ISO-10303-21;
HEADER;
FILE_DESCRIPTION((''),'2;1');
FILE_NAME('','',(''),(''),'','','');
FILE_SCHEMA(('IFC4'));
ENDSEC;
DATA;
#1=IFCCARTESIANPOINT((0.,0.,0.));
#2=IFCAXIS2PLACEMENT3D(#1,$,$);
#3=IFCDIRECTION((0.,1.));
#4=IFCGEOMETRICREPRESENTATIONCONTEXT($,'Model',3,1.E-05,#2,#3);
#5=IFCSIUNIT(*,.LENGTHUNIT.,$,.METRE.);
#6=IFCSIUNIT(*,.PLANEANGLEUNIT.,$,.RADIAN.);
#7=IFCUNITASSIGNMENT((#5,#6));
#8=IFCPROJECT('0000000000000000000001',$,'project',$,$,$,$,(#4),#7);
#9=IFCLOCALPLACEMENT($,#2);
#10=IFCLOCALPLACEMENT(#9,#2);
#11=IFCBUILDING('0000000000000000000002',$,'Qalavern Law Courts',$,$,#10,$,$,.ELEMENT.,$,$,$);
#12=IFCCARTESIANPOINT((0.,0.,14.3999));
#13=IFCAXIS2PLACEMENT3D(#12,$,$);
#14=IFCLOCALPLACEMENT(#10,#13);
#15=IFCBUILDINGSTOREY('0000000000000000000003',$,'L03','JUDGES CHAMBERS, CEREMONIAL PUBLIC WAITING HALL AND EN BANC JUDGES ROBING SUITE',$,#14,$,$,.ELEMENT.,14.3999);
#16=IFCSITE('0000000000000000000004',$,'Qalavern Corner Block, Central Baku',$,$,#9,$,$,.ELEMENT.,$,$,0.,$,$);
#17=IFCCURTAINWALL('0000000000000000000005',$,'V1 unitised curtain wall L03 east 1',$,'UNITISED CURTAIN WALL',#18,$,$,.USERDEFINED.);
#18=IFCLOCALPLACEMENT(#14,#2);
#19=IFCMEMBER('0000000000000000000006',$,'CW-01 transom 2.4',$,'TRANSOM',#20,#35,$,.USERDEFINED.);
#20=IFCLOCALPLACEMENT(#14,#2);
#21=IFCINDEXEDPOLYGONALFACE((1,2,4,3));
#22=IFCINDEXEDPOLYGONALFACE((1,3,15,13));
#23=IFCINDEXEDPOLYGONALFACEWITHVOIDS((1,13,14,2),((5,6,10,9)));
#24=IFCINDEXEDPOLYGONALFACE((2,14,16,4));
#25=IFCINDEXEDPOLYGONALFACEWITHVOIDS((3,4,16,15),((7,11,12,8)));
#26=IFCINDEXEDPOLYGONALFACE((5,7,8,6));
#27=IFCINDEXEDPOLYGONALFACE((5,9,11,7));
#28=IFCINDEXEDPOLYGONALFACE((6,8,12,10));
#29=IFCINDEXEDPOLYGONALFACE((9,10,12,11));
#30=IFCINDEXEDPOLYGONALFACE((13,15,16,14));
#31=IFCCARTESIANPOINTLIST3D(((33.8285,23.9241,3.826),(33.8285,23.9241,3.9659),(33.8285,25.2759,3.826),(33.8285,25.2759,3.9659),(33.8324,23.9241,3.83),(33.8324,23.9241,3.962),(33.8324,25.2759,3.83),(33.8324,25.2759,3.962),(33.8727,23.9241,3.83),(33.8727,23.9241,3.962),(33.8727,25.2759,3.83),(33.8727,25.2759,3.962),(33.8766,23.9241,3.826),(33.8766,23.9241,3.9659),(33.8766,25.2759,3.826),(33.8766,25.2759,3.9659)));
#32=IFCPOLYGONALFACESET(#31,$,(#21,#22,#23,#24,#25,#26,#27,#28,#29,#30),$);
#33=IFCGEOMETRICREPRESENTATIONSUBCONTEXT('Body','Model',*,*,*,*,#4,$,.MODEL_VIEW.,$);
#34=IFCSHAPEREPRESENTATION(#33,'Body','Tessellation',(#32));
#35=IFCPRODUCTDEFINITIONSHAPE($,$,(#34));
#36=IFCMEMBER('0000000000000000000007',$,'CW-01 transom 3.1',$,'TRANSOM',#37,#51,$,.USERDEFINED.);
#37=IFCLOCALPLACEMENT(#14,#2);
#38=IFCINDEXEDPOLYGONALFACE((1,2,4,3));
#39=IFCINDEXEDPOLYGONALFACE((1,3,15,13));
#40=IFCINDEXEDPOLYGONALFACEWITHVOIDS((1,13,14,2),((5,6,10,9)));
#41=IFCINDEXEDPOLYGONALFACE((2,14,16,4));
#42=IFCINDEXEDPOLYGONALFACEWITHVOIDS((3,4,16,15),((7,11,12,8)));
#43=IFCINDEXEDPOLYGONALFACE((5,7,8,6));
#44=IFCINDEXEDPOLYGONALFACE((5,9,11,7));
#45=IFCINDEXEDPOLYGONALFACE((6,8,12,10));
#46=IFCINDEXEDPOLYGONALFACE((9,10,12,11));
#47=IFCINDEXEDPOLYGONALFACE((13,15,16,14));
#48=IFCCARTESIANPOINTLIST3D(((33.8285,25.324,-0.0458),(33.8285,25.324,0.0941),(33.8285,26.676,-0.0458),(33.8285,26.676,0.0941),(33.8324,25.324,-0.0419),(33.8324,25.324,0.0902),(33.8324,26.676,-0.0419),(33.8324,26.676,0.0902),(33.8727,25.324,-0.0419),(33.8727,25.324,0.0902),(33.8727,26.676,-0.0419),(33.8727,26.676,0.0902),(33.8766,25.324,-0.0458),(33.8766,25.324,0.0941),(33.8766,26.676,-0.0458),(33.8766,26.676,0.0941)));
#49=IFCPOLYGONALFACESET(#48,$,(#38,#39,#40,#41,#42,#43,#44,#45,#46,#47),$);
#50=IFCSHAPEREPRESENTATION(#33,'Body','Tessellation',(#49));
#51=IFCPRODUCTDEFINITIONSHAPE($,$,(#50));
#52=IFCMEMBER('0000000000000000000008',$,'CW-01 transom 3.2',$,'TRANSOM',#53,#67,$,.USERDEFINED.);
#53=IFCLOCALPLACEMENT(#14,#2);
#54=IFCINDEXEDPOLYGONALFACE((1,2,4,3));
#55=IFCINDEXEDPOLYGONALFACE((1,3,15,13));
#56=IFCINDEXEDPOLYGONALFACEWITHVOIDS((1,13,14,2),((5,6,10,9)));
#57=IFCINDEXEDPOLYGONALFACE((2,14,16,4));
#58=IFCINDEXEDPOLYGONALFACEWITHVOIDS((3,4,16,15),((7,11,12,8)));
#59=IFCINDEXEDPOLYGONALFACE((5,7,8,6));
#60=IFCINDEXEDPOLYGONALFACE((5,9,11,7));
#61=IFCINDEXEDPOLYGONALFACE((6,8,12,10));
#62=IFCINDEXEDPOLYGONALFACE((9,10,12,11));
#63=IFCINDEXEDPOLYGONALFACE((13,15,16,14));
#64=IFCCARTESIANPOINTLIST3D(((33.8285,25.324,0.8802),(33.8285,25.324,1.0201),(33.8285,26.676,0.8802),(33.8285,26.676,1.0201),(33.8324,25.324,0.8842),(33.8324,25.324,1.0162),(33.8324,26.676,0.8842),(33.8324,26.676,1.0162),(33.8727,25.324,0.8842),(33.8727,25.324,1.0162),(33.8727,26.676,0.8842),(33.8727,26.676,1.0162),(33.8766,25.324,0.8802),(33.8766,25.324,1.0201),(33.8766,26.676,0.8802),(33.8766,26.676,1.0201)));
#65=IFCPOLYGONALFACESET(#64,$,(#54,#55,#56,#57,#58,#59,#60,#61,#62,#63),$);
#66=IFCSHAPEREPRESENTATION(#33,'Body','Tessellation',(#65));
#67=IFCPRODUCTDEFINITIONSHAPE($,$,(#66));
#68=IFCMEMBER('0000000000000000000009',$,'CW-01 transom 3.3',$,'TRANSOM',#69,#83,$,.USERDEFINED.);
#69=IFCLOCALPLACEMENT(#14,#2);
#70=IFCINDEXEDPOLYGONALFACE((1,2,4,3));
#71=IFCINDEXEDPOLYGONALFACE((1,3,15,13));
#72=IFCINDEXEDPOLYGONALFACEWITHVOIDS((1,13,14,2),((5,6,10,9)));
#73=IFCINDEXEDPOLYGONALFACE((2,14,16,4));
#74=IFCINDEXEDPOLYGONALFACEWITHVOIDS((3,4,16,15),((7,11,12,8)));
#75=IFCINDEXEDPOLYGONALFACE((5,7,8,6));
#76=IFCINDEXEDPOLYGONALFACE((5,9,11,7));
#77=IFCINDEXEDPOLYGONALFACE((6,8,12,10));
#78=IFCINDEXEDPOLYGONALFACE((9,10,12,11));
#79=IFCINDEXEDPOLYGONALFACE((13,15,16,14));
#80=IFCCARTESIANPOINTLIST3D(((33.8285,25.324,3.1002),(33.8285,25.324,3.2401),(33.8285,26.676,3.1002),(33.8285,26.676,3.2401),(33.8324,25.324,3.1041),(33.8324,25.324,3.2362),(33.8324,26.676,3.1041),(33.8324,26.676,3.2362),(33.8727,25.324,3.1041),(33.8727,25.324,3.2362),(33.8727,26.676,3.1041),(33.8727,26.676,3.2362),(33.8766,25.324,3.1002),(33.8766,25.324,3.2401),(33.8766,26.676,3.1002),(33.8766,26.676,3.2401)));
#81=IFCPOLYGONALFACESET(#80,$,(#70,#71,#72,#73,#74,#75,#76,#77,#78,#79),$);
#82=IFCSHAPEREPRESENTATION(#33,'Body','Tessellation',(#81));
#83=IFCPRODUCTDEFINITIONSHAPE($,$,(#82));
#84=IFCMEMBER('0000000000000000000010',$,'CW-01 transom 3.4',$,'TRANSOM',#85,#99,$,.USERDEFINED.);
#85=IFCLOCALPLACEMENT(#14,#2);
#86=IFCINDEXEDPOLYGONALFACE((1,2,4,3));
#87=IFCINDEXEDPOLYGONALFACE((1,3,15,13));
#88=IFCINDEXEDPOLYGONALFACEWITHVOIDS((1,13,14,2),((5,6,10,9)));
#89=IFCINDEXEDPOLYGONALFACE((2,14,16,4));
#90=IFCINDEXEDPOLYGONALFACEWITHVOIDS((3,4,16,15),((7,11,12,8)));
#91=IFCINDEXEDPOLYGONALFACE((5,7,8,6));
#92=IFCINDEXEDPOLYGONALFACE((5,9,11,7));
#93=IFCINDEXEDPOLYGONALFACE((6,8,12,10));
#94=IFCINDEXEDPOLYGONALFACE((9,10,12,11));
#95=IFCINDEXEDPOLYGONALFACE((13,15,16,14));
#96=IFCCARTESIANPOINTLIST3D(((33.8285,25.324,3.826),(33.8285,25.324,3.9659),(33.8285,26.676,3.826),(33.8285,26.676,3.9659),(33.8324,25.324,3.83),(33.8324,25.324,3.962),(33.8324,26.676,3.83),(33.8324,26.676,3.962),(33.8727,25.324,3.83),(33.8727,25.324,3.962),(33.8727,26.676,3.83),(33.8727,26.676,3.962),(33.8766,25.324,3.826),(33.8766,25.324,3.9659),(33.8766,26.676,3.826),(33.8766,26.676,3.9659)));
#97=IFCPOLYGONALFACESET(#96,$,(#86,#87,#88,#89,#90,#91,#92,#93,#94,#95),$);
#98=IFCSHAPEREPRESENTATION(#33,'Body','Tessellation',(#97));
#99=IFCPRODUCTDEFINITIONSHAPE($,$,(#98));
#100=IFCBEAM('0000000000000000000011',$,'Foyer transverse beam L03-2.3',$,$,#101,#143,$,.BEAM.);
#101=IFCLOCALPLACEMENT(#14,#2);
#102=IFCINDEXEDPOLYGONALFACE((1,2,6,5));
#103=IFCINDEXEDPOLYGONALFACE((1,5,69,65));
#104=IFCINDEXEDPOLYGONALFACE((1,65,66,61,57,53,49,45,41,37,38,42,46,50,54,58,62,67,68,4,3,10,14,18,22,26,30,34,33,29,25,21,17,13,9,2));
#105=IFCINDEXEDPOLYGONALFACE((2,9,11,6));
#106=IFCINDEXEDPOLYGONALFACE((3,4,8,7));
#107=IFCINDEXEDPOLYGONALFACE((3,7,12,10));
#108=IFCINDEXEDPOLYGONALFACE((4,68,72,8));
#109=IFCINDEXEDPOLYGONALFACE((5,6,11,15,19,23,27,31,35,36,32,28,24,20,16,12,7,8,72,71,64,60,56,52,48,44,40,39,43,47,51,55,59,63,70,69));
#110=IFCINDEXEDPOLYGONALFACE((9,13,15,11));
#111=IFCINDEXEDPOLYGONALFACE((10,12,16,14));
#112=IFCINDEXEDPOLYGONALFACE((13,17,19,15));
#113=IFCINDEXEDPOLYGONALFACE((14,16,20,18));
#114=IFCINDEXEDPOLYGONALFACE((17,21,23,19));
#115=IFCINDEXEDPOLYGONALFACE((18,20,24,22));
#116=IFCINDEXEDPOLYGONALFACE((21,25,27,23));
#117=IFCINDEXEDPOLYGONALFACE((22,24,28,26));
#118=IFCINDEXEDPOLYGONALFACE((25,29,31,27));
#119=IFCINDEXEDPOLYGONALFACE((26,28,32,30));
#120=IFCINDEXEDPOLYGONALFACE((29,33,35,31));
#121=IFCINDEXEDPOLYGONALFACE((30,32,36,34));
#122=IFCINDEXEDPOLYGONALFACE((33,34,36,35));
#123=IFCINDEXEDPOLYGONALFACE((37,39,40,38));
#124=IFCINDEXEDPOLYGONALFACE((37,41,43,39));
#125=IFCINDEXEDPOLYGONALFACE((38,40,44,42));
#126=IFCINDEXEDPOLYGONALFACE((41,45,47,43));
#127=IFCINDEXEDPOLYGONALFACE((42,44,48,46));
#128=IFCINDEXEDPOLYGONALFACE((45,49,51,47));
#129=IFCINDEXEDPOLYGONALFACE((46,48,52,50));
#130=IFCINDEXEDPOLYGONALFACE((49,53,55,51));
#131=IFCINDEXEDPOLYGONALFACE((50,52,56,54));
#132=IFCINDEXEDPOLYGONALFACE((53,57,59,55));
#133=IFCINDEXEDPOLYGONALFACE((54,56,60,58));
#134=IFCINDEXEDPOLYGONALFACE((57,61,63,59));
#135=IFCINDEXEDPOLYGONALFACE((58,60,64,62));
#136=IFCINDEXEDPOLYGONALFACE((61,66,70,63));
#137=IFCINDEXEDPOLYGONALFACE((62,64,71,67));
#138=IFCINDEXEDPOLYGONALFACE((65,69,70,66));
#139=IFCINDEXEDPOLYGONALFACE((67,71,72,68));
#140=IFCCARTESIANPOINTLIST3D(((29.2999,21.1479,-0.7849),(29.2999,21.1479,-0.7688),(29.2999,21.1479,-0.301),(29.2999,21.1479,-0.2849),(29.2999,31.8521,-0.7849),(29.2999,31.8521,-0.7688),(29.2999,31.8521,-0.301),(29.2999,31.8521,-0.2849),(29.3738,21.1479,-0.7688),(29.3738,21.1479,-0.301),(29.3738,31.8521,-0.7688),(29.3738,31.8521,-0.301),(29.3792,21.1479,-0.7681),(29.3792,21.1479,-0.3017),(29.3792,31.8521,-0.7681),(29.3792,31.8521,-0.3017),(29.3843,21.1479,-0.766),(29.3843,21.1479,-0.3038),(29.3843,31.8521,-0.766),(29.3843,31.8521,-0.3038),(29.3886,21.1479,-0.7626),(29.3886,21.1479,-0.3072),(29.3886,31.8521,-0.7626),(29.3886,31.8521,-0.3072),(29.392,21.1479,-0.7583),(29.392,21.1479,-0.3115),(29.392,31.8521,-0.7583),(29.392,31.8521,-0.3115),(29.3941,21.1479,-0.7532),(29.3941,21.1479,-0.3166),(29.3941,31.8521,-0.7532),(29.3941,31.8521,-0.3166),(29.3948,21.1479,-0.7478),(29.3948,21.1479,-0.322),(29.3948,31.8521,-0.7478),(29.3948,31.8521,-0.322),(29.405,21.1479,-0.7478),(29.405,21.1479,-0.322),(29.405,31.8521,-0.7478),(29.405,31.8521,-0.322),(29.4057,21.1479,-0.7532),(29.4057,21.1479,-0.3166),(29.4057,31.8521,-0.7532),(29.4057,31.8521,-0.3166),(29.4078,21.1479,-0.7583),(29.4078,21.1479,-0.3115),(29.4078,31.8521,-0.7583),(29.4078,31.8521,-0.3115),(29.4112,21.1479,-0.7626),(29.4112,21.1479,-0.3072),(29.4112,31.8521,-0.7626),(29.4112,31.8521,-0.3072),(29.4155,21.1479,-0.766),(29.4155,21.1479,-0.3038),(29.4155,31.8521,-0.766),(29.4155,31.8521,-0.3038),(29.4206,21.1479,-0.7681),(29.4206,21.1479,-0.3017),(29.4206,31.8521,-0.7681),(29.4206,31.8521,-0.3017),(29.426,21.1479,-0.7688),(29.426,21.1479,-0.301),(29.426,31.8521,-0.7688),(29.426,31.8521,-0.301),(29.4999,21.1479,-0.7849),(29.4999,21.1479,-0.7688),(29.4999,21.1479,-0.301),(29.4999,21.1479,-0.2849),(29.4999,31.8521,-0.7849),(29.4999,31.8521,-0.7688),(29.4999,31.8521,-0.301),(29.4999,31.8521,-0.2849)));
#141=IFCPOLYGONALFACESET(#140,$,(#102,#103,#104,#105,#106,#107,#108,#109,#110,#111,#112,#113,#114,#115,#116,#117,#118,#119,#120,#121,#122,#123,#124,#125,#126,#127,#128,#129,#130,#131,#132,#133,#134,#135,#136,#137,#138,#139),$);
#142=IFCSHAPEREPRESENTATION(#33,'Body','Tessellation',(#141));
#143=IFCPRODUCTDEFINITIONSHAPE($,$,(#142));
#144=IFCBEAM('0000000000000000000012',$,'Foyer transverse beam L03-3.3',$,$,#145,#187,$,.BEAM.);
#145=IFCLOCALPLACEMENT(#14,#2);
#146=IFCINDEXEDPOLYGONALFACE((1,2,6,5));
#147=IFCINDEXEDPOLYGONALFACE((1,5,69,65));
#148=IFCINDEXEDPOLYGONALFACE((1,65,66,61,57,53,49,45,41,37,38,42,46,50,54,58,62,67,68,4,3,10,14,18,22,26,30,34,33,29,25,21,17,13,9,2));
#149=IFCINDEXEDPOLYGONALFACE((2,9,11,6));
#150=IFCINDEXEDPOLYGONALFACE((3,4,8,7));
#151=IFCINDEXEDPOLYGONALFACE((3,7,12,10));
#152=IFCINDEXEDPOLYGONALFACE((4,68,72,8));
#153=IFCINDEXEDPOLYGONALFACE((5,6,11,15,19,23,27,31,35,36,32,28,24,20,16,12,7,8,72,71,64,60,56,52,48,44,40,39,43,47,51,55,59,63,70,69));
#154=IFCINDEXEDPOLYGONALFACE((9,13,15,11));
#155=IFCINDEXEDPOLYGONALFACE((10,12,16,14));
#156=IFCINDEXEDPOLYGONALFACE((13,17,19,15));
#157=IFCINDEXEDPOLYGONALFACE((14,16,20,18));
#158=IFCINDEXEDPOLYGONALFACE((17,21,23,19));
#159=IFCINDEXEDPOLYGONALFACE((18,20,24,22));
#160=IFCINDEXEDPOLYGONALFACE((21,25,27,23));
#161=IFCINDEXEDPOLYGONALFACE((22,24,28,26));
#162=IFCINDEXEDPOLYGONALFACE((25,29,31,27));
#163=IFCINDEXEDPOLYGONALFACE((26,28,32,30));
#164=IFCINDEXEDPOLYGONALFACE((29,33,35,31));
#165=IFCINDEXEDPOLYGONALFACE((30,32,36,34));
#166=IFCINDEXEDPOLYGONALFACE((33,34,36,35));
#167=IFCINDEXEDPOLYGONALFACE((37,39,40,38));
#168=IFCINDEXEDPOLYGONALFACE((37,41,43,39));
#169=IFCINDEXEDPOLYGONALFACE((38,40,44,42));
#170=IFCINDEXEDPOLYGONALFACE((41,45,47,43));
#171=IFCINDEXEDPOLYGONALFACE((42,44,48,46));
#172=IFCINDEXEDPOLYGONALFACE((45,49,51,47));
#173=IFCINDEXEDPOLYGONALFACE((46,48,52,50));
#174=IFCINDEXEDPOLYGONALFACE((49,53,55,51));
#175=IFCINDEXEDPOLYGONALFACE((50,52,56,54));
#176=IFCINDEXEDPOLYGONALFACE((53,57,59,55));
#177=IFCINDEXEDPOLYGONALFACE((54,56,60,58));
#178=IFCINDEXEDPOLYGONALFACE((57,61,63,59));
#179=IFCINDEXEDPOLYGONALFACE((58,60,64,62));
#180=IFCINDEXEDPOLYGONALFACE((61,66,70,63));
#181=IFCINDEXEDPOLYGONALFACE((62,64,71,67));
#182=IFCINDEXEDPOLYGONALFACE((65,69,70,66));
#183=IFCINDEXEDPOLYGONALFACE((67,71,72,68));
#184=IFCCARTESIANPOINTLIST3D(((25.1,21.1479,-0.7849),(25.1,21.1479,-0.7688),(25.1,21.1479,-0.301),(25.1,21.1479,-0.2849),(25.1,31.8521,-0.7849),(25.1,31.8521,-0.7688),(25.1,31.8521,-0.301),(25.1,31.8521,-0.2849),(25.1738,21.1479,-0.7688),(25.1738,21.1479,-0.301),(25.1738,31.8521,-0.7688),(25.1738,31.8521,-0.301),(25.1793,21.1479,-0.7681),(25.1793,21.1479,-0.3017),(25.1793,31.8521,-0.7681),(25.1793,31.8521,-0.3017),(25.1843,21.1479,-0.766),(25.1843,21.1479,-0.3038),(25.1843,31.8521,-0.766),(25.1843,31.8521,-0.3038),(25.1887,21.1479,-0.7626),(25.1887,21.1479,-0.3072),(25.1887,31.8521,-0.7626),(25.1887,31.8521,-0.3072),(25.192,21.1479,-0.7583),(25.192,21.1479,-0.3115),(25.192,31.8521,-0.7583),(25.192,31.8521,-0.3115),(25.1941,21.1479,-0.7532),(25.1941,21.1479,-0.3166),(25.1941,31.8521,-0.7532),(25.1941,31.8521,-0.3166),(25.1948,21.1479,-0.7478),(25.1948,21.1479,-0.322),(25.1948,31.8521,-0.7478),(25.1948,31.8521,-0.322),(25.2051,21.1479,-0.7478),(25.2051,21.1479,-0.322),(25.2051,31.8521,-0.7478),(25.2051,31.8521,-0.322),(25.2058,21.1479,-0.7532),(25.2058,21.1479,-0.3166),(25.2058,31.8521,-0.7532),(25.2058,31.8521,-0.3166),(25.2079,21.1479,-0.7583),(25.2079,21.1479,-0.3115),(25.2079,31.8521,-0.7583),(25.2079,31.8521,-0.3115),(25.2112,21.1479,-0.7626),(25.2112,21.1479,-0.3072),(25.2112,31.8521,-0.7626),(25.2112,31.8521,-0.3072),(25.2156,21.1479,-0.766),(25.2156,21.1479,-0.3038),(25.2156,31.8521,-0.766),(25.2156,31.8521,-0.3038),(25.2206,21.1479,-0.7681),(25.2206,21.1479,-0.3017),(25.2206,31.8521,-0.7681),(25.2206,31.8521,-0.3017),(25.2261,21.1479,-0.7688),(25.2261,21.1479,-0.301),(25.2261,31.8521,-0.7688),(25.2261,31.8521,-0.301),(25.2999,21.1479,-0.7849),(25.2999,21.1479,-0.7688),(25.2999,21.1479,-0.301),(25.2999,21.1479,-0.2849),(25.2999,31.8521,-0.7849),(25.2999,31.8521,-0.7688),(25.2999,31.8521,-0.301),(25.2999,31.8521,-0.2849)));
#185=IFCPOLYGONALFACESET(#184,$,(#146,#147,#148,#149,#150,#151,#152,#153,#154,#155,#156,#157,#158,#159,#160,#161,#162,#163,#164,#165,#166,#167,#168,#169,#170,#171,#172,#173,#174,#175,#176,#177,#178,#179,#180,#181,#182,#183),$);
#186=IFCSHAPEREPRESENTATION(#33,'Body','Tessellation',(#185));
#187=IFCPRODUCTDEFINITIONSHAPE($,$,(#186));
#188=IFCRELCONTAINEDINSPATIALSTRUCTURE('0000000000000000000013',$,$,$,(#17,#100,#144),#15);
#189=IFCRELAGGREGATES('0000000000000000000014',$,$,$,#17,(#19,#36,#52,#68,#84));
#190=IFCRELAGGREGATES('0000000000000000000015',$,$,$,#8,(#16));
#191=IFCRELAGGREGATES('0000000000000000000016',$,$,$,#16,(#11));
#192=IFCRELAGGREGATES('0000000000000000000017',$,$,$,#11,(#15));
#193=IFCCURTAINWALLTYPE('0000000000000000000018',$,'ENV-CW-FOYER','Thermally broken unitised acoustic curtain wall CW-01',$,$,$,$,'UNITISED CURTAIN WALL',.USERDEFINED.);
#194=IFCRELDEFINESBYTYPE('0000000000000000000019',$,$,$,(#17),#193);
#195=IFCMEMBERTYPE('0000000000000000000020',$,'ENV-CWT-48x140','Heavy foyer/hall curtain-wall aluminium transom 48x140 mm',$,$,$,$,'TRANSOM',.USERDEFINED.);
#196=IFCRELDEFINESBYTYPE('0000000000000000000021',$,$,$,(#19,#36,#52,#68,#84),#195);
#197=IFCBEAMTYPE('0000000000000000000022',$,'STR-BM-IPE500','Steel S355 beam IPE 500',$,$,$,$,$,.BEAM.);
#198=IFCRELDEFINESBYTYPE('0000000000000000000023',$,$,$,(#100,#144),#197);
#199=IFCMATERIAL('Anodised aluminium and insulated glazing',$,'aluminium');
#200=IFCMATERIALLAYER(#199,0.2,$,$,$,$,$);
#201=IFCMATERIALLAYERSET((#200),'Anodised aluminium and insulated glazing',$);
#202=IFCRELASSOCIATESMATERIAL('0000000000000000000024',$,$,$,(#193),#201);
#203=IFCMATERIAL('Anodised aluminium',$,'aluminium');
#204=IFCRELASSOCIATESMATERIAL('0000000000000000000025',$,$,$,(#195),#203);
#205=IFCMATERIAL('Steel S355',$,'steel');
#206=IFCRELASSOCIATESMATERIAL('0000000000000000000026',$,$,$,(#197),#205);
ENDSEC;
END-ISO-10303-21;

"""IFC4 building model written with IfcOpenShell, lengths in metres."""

from ifc_helpers import new_model, si_unit, direction, frame, origin, origin_2d, place, context, subcontext, project, spatial, hollow_rectangle, i_section, extrude, material, layer, layer_set, material_profile, profile_set, type_object, element, aggregate, save


model = new_model("IFC4")

# Units and contexts
model_context = context("Model", 3, precision=1e-05, world=origin(), true_north=direction((0.0, 1.0)))
body_context = subcontext(model_context, "Body", "Model", "MODEL_VIEW")
ifc_project = project(units=[si_unit("LENGTHUNIT", "METRE"), si_unit("PLANEANGLEUNIT", "RADIAN")], contexts=[model_context])

# Site, building, storey
site_placement = place(None, origin())
site = spatial("IfcSite", under=ifc_project, at=site_placement, Name="Qalavern Corner Block, Central Baku", CompositionType="ELEMENT", RefElevation=0.0)
building_placement = place(site_placement, origin())
building = spatial("IfcBuilding", under=site, at=building_placement, Name="Qalavern Law Courts", CompositionType="ELEMENT")
storey_placement = place(building_placement, frame((0.0, 0.0, 14.3999)))
storey = spatial("IfcBuildingStorey", under=building, at=storey_placement, Name="L03", Description="JUDGES CHAMBERS, CEREMONIAL PUBLIC WAITING HALL AND EN BANC JUDGES ROBING SUITE", CompositionType="ELEMENT", Elevation=14.3999)

# Curtain wall, members
ifc_material_1 = material(Name="Anodised aluminium and insulated glazing", Category="aluminium")
ifc_layer_1 = layer(ifc_material_1, 0.2)
ifc_layer_set_1 = layer_set([ifc_layer_1], Name="Anodised aluminium and insulated glazing")
curtain_wall_type = type_object("IfcCurtainWallType", Name="ENV-CW-FOYER", Description="Thermally broken unitised acoustic curtain wall CW-01", ElementType="UNITISED CURTAIN WALL", PredefinedType="USERDEFINED", material=ifc_layer_set_1)
curtain_wall_placement = place(storey_placement, origin())
curtain_wall = element("IfcCurtainWall", 1, at=curtain_wall_placement, inside=storey, type_object=curtain_wall_type, Name="V1 unitised curtain wall L03 east 1", ObjectType="UNITISED CURTAIN WALL", PredefinedType="USERDEFINED")
ifc_material_2 = material(Name="Anodised aluminium", Category="aluminium")
ifc_material_profile_1 = material_profile(ifc_material_2, hollow_rectangle(XDim=0.0481, YDim=0.1399, WallThickness=0.0039, at=origin_2d()), Name="ALU TRANSOM 48x140")
ifc_profile_set_1 = profile_set([ifc_material_profile_1], Name="Anodised aluminium")
member_type_1 = type_object("IfcMemberType", Name="ENV-CWT-48x140", Description="Heavy foyer/hall curtain-wall aluminium transom 48x140 mm", ElementType="TRANSOM", PredefinedType="USERDEFINED", material=ifc_profile_set_1)
member_1_placement = place(storey_placement, frame((33.8525, 23.9241, 3.896), z_axis=(0.0, 1.0, 0.0), x_axis=(-1.0, 0.0, 0.0)))
member_1 = element("IfcMember", 2, at=member_1_placement, type_object=member_type_1, Name="CW-01 transom 2.4", ObjectType="TRANSOM", PredefinedType="USERDEFINED", context=body_context, shape_type="SweptSolid", body=[
    extrude(hollow_rectangle(XDim=0.0481, YDim=0.1399, WallThickness=0.0039, at=origin_2d()), origin(), (0.0, 0.0, 1.0), 1.3518),
])
member_2_placement = place(storey_placement, frame((33.8525, 25.324, 0.0242), z_axis=(0.0, 1.0, 0.0), x_axis=(-1.0, 0.0, 0.0)))
member_2 = element("IfcMember", 3, at=member_2_placement, type_object=member_type_1, Name="CW-01 transom 3.1", ObjectType="TRANSOM", PredefinedType="USERDEFINED", context=body_context, shape_type="SweptSolid", body=[
    extrude(hollow_rectangle(XDim=0.0481, YDim=0.1399, WallThickness=0.0039, at=origin_2d()), origin(), (0.0, 0.0, 1.0), 1.3521),
])
member_3_placement = place(storey_placement, frame((33.8525, 25.324, 0.9502), z_axis=(0.0, 1.0, 0.0), x_axis=(-1.0, 0.0, 0.0)))
member_3 = element("IfcMember", 4, at=member_3_placement, type_object=member_type_1, Name="CW-01 transom 3.2", ObjectType="TRANSOM", PredefinedType="USERDEFINED", context=body_context, shape_type="SweptSolid", body=[
    extrude(hollow_rectangle(XDim=0.0481, YDim=0.1399, WallThickness=0.0039, at=origin_2d()), origin(), (0.0, 0.0, 1.0), 1.3521),
])
member_4_placement = place(storey_placement, frame((33.8525, 25.324, 3.1702), z_axis=(0.0, 1.0, 0.0), x_axis=(-1.0, 0.0, 0.0)))
member_4 = element("IfcMember", 5, at=member_4_placement, type_object=member_type_1, Name="CW-01 transom 3.3", ObjectType="TRANSOM", PredefinedType="USERDEFINED", context=body_context, shape_type="SweptSolid", body=[
    extrude(hollow_rectangle(XDim=0.0481, YDim=0.1399, WallThickness=0.0039, at=origin_2d()), origin(), (0.0, 0.0, 1.0), 1.3521),
])
member_5_placement = place(storey_placement, frame((33.8525, 25.324, 3.896), z_axis=(0.0, 1.0, 0.0), x_axis=(-1.0, 0.0, 0.0)))
member_5 = element("IfcMember", 6, at=member_5_placement, type_object=member_type_1, Name="CW-01 transom 3.4", ObjectType="TRANSOM", PredefinedType="USERDEFINED", context=body_context, shape_type="SweptSolid", body=[
    extrude(hollow_rectangle(XDim=0.0481, YDim=0.1399, WallThickness=0.0039, at=origin_2d()), origin(), (0.0, 0.0, 1.0), 1.3521),
])

# Beams
ifc_material_3 = material(Name="Steel S355", Category="steel")
ifc_material_profile_2 = material_profile(ifc_material_3, i_section(OverallWidth=0.2, OverallDepth=0.5, WebThickness=0.0103, FlangeThickness=0.0161, FilletRadius=0.021, at=origin_2d()), Name="IPE 500")
ifc_profile_set_2 = profile_set([ifc_material_profile_2], Name="Steel S355")
beam_type_1 = type_object("IfcBeamType", Name="STR-BM-IPE500", Description="Steel S355 beam IPE 500", PredefinedType="BEAM", material=ifc_profile_set_2)
for number, where, z_axis, x_axis, name in (
    (7, (29.3999, 21.1479, -0.5349), (0.0, 1.0, 0.0), (-1.0, 0.0, 0.0), "Foyer transverse beam L03-2.3"),
    (8, (25.2, 21.1479, -0.5349), (0.0, 1.0, 0.0), (-1.0, 0.0, 0.0), "Foyer transverse beam L03-3.3"),
):
    element("IfcBeam", number, at=place(storey_placement, frame(where, z_axis=z_axis, x_axis=x_axis)), inside=storey, type_object=beam_type_1, Name=name, PredefinedType="BEAM", context=body_context, shape_type="SweptSolid", body=[
        extrude(i_section(OverallWidth=0.2, OverallDepth=0.5, WebThickness=0.0103, FlangeThickness=0.0161, FilletRadius=0.021, at=origin_2d()), origin(), (0.0, 0.0, 1.0), 10.7041),
    ])

aggregate(curtain_wall, [member_1, member_2, member_3, member_4, member_5])

save(model, "model.ifc")
